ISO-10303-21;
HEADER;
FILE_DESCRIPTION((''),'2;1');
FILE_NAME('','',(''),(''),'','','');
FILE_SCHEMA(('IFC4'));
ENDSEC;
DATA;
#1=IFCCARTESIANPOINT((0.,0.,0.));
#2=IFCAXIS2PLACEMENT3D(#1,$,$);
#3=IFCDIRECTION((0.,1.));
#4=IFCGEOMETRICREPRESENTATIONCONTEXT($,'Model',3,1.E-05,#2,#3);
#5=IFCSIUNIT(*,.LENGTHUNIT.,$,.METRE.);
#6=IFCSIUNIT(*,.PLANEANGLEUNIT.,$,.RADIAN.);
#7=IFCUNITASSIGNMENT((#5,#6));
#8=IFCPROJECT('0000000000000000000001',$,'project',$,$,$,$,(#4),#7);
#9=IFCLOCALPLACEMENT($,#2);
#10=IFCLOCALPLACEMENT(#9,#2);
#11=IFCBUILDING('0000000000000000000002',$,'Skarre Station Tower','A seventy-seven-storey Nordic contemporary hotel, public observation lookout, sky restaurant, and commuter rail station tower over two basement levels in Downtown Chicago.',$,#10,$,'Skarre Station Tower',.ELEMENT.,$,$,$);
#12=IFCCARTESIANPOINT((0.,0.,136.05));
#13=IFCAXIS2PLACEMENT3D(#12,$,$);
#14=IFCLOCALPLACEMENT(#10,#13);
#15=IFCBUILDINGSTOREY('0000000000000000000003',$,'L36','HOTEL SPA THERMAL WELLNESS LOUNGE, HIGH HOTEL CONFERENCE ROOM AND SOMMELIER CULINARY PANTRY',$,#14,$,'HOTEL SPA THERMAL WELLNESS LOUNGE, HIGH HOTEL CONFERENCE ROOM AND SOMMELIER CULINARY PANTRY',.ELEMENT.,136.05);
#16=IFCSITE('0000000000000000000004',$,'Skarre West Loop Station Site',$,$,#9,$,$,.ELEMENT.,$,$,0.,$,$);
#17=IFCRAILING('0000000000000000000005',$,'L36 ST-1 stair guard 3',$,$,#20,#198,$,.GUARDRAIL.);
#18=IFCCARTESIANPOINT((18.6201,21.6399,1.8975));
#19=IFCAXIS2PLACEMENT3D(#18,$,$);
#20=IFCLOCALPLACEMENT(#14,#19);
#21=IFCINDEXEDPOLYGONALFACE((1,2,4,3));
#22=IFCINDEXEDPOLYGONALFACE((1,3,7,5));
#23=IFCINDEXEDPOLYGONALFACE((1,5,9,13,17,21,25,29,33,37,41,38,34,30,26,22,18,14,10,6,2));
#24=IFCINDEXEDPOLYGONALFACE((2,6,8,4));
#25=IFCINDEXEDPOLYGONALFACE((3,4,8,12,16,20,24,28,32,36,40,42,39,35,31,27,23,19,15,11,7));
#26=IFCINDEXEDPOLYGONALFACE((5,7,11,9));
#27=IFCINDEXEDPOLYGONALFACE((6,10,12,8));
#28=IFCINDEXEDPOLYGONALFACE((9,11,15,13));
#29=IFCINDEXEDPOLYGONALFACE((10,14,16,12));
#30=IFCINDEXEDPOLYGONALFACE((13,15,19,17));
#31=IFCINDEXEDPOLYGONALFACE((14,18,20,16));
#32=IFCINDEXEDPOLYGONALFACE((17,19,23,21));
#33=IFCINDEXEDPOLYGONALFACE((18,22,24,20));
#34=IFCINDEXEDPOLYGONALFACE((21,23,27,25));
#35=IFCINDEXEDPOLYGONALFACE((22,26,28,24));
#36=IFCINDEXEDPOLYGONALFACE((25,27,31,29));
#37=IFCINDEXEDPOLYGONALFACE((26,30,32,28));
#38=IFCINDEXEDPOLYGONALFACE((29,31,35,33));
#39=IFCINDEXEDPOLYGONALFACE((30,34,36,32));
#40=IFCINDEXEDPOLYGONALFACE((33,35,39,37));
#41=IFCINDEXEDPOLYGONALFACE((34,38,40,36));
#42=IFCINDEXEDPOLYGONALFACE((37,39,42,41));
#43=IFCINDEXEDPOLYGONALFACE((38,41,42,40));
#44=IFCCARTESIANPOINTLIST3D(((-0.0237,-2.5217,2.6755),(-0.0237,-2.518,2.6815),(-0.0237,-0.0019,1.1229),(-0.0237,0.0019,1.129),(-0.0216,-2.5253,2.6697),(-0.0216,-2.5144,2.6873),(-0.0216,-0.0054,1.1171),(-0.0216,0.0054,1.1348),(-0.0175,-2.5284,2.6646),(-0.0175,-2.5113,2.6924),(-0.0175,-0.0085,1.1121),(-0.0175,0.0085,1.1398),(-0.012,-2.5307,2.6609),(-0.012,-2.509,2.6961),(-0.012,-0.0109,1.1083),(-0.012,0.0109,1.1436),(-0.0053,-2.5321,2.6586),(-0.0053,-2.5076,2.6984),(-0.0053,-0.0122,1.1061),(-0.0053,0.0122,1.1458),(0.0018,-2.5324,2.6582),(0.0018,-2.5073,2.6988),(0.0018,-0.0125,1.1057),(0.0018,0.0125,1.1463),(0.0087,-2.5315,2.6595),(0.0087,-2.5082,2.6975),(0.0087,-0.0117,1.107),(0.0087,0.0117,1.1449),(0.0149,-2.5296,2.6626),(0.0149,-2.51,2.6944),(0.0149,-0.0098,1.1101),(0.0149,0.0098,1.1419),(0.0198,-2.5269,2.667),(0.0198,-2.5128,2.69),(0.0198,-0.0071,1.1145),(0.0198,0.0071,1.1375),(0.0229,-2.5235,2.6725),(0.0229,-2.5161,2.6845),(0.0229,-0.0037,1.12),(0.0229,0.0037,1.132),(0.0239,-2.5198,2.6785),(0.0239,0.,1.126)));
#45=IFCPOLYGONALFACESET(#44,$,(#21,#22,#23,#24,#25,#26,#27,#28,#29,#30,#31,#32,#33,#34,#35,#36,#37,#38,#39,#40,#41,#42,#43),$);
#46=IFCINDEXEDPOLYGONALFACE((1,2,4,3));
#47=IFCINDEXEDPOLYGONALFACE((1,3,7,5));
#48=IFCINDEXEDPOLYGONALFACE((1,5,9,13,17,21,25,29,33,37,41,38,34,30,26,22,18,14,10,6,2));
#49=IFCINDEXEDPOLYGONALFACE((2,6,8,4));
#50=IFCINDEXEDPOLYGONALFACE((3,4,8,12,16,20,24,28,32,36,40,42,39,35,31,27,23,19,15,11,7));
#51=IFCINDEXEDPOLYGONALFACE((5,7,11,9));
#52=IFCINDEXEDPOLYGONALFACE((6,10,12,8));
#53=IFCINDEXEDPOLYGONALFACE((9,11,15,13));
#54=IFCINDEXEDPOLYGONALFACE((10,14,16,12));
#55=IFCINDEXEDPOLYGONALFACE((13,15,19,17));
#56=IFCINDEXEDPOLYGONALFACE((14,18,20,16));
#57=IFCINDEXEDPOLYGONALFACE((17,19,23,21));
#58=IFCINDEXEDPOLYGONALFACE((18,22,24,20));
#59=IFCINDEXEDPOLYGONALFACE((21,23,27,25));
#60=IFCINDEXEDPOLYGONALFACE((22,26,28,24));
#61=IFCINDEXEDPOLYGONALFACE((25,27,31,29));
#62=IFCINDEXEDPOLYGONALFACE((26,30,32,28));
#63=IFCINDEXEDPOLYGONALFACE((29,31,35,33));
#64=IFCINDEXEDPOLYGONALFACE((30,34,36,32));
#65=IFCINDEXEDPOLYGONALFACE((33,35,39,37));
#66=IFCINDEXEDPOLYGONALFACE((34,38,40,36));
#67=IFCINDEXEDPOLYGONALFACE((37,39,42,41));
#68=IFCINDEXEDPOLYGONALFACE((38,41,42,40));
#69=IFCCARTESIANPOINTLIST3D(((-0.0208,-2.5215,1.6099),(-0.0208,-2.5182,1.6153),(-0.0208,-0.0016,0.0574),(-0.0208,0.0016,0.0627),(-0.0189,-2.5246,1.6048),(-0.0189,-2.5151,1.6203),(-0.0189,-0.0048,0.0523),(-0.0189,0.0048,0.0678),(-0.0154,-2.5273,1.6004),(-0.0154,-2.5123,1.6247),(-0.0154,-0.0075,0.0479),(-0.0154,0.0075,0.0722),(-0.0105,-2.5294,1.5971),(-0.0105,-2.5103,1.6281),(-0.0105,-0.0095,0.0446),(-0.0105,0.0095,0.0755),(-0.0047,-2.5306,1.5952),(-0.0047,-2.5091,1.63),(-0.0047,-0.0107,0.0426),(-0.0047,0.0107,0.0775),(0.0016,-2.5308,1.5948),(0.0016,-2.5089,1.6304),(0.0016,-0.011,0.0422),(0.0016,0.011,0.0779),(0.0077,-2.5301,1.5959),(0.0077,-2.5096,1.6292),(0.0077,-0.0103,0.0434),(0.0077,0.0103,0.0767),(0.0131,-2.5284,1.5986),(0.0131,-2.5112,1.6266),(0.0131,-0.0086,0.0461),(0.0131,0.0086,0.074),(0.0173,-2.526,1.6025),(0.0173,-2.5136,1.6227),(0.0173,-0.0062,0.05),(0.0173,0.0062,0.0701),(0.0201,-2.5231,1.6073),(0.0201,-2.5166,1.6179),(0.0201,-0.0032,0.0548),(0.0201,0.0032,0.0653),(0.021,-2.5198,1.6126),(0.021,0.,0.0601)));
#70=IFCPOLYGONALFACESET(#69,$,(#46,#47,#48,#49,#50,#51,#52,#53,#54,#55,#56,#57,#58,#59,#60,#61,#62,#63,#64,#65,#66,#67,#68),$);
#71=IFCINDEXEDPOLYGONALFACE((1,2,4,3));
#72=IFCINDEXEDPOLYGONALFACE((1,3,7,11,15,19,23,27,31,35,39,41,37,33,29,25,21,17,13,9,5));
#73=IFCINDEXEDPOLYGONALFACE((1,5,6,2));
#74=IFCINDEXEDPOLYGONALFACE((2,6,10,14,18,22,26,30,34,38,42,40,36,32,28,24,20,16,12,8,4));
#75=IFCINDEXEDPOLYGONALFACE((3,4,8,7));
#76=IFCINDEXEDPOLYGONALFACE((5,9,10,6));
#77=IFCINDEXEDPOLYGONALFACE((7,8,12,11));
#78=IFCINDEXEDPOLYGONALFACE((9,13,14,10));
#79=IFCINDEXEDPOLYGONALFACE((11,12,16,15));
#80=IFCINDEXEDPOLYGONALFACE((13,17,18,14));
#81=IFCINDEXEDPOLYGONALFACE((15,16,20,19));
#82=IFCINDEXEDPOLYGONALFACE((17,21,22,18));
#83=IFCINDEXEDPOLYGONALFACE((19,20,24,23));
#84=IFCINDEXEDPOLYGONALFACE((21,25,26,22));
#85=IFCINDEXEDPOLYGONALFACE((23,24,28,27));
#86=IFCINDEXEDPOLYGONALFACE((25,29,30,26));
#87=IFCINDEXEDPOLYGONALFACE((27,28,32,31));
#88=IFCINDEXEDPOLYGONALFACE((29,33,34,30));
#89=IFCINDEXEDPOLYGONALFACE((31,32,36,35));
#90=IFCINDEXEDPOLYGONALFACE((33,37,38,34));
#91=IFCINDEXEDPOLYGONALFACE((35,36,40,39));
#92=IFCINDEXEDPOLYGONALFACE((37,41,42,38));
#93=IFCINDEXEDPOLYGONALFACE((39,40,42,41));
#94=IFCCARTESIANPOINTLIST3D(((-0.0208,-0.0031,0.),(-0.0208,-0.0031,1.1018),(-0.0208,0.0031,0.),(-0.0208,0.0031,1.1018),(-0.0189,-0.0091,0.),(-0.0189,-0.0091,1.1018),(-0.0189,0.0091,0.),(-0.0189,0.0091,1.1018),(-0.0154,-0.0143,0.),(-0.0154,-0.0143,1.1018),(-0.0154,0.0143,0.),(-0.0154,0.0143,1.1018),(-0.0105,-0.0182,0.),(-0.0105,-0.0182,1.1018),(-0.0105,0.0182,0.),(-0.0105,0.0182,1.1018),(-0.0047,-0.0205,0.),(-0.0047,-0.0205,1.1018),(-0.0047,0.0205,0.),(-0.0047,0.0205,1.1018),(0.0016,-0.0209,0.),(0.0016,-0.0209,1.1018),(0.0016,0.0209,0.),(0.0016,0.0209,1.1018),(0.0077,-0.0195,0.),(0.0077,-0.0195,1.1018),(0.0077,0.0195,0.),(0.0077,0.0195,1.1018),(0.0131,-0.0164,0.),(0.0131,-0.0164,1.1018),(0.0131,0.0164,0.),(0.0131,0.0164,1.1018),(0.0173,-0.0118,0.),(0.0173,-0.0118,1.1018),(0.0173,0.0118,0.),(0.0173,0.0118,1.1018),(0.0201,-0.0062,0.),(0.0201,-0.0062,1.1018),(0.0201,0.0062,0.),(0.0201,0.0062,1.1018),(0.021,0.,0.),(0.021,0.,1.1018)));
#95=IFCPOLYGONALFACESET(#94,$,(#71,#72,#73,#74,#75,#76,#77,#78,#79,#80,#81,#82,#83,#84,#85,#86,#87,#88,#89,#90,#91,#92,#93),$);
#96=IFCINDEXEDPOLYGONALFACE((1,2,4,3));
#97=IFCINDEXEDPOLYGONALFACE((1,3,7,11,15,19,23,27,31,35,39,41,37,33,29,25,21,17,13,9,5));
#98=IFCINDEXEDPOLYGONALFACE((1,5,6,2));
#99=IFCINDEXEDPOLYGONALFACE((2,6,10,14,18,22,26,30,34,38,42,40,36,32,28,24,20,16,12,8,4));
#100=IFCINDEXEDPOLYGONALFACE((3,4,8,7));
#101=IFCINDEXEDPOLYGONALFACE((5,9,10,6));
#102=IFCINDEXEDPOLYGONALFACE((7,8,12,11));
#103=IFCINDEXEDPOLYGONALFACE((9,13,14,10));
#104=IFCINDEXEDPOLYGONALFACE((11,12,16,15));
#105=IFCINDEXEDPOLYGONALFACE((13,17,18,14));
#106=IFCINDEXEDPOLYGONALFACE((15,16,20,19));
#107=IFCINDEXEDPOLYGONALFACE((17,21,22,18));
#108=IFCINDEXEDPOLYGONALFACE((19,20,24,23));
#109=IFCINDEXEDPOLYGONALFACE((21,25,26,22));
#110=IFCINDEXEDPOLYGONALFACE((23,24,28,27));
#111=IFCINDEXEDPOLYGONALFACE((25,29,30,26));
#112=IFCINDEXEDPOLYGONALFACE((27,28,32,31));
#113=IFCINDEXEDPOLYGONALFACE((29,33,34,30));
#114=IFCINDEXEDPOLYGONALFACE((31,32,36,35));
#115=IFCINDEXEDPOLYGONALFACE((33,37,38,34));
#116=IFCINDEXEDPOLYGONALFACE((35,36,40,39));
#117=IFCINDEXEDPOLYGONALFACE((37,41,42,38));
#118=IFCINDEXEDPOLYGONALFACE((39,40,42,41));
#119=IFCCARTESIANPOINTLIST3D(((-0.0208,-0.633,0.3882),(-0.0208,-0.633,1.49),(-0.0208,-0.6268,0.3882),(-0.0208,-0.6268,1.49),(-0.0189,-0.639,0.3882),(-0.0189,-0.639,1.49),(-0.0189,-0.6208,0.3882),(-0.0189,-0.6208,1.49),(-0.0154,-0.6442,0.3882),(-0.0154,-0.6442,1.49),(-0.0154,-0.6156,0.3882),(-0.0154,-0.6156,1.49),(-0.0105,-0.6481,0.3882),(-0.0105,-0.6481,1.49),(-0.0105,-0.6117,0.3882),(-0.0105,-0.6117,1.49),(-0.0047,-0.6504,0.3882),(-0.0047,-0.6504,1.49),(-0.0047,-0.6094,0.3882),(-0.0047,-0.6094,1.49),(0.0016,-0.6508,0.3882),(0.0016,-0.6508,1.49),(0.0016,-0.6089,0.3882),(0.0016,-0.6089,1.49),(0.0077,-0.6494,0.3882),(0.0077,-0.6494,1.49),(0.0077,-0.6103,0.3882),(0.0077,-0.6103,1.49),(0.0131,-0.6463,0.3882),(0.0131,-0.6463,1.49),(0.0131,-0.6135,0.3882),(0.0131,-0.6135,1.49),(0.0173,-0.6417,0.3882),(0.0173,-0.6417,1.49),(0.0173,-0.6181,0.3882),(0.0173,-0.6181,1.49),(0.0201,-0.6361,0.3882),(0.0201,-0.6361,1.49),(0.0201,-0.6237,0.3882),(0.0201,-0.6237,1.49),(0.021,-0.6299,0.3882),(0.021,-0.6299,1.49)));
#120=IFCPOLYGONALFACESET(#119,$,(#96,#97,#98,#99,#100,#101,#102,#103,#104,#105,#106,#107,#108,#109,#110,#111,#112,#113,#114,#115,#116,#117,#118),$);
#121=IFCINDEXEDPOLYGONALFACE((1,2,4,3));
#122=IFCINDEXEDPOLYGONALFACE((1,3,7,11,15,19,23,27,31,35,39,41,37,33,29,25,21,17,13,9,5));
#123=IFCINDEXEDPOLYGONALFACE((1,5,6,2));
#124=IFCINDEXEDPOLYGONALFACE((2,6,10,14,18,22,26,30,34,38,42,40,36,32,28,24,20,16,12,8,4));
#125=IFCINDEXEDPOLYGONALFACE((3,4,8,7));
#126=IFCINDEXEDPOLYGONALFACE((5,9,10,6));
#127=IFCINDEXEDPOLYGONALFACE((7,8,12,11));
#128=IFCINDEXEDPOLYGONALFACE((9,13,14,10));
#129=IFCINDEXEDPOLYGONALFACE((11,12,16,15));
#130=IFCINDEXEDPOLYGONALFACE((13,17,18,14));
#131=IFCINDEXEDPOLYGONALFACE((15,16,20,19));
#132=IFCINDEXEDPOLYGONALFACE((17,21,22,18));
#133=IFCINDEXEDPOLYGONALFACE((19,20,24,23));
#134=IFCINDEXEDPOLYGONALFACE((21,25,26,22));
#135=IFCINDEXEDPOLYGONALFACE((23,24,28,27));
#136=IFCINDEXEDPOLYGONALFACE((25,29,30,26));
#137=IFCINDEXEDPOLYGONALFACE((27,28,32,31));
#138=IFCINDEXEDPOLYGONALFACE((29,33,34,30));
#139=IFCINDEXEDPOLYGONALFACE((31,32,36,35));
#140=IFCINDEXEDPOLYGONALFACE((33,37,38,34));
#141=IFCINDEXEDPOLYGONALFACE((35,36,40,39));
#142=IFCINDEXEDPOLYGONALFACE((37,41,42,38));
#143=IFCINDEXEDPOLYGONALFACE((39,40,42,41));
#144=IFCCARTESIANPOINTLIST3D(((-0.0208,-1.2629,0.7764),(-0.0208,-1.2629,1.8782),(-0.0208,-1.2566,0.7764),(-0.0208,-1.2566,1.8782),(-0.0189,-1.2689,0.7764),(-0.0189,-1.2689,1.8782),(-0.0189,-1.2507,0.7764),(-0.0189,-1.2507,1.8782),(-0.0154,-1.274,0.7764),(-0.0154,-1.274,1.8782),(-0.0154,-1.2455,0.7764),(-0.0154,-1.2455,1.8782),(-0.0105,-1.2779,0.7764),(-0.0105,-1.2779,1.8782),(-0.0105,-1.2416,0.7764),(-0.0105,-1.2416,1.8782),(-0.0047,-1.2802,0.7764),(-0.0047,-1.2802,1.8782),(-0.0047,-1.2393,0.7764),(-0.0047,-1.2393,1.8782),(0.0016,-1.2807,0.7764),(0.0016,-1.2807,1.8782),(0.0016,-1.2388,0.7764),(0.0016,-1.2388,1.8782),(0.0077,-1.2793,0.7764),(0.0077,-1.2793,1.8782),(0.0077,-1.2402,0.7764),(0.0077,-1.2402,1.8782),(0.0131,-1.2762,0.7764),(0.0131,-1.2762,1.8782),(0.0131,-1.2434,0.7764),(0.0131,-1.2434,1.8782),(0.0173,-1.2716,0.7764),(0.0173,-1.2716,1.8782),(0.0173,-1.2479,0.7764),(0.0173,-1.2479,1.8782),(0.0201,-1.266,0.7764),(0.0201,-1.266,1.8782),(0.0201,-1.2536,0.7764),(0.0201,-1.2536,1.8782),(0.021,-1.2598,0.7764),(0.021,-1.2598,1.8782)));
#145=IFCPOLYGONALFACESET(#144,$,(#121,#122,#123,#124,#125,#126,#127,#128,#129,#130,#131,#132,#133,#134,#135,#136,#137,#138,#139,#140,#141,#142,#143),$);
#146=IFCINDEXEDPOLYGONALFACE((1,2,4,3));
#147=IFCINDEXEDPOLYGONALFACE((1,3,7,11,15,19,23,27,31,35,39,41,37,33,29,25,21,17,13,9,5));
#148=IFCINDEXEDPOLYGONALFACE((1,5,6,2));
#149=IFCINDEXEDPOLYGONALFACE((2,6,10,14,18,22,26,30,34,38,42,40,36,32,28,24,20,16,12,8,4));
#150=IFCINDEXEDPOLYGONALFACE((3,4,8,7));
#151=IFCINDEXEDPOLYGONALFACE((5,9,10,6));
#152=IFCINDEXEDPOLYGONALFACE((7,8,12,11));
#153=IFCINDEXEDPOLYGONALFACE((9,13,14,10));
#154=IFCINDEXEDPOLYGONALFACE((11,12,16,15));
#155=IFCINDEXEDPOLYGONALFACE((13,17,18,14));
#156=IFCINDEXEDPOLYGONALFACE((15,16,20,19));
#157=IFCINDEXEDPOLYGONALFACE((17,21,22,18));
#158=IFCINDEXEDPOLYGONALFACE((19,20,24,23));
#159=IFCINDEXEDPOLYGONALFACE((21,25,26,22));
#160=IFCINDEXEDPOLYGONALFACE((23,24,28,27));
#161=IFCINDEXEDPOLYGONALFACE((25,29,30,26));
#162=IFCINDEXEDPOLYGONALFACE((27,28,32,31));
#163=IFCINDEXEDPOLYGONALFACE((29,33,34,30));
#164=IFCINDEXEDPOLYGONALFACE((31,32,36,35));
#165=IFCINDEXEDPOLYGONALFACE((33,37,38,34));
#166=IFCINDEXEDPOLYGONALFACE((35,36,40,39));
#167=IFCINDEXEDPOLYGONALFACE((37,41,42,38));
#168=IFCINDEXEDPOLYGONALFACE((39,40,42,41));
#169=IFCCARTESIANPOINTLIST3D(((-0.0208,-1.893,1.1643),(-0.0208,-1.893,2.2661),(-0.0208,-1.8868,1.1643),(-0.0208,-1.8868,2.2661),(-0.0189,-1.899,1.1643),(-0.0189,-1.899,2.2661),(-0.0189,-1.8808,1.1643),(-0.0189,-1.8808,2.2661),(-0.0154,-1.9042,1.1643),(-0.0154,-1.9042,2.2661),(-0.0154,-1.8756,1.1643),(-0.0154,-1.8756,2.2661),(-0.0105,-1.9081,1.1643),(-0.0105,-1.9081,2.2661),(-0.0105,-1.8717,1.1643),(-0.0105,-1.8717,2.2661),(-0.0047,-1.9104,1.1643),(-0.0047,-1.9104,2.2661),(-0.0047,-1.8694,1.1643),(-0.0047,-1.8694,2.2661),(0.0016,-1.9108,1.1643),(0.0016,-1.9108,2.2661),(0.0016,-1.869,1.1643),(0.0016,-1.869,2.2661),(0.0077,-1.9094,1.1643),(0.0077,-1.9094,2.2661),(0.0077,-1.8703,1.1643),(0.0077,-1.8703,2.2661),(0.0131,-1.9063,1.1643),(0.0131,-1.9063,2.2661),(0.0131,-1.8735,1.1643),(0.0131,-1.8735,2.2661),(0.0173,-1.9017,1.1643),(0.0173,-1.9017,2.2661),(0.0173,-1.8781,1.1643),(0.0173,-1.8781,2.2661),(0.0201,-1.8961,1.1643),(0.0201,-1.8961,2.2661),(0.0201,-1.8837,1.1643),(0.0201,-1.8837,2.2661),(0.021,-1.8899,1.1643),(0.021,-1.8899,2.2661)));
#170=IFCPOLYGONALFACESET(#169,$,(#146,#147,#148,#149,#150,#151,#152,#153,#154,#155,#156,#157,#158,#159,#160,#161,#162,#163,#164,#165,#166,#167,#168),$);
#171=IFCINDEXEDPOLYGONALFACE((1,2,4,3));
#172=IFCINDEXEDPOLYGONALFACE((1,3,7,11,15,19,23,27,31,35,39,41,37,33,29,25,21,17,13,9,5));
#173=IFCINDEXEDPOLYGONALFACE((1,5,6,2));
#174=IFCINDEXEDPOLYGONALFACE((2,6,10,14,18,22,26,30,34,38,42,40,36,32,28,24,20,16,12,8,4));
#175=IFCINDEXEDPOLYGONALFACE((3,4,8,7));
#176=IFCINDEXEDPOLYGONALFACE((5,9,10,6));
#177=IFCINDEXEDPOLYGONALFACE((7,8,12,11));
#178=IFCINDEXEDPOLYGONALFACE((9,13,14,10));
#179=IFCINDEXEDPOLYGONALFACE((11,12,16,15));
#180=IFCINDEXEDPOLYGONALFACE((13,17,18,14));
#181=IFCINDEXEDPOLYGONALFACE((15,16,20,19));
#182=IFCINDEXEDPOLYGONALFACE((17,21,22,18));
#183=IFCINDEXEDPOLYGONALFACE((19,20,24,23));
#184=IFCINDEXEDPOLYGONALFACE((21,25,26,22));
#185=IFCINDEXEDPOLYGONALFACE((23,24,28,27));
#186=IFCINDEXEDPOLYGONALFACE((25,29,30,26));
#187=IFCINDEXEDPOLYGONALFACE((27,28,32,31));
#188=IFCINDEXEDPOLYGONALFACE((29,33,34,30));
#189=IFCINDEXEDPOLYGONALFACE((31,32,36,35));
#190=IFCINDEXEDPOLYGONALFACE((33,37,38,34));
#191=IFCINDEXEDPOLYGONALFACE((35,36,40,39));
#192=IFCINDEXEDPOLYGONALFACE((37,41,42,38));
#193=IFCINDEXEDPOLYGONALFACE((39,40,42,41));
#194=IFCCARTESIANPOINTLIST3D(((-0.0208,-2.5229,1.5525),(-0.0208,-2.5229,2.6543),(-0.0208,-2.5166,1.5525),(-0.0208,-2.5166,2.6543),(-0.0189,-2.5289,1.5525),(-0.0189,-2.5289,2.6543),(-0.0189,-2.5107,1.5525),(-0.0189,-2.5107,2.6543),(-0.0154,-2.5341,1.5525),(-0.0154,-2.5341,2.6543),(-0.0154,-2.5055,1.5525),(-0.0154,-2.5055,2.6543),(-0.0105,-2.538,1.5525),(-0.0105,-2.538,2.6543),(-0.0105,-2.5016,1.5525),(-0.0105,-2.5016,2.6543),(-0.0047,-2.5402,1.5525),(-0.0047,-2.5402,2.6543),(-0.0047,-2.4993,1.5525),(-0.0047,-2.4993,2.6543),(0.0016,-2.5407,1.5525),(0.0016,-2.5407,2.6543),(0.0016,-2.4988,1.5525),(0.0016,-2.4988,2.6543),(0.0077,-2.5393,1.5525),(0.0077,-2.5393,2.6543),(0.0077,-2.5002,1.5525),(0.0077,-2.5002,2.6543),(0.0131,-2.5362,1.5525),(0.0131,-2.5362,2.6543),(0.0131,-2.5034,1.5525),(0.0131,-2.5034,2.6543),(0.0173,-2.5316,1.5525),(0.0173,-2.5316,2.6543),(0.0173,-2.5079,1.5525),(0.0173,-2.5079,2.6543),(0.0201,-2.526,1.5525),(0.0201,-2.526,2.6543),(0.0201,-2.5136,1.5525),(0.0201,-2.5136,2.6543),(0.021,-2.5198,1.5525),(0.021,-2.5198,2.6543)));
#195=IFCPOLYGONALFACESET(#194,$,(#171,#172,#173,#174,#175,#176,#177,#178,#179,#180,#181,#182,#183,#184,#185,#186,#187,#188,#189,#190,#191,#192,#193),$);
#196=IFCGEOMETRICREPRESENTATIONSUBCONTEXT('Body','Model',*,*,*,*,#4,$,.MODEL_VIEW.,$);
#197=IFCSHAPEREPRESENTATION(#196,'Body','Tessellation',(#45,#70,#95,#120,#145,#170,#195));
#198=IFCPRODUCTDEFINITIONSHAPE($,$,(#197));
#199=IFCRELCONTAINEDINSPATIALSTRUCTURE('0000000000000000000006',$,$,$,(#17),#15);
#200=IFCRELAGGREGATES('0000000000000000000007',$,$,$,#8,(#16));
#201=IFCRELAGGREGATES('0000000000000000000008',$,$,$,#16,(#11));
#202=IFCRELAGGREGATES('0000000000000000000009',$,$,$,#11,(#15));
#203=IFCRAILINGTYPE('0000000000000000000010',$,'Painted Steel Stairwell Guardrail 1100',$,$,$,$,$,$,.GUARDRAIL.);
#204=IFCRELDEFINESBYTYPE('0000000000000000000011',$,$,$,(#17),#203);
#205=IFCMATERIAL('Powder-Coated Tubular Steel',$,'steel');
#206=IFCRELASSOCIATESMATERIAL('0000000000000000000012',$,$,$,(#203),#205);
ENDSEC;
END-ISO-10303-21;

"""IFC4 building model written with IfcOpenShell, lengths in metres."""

from ifc_helpers import new_model, si_unit, direction, frame, origin, origin_2d, place, context, subcontext, project, spatial, circle, extrude, material, type_object, element, save


model = new_model("IFC4")

# Units and contexts
model_context = context("Model", 3, precision=1e-05, world=origin(), true_north=direction((0.0, 1.0)))
body_context = subcontext(model_context, "Body", "Model", "MODEL_VIEW")
ifc_project = project(units=[si_unit("LENGTHUNIT", "METRE"), si_unit("PLANEANGLEUNIT", "RADIAN")], contexts=[model_context])

# Site, building, storey
site_placement = place(None, origin())
site = spatial("IfcSite", under=ifc_project, at=site_placement, Name="Skarre West Loop Station Site", CompositionType="ELEMENT", RefElevation=0.0)
building_placement = place(site_placement, origin())
building = spatial("IfcBuilding", under=site, at=building_placement, Name="Skarre Station Tower", Description="A seventy-seven-storey Nordic contemporary hotel, public observation lookout, sky restaurant, and commuter rail station tower over two basement levels in Downtown Chicago.", LongName="Skarre Station Tower", CompositionType="ELEMENT")
storey_placement = place(building_placement, frame((0.0, 0.0, 136.05)))
storey = spatial("IfcBuildingStorey", under=building, at=storey_placement, Name="L36", Description="HOTEL SPA THERMAL WELLNESS LOUNGE, HIGH HOTEL CONFERENCE ROOM AND SOMMELIER CULINARY PANTRY", LongName="HOTEL SPA THERMAL WELLNESS LOUNGE, HIGH HOTEL CONFERENCE ROOM AND SOMMELIER CULINARY PANTRY", CompositionType="ELEMENT", Elevation=136.05)

# Railing
ifc_material_1 = material(Name="Powder-Coated Tubular Steel", Category="steel")
railing_type_1 = type_object("IfcRailingType", Name="Painted Steel Stairwell Guardrail 1100", PredefinedType="GUARDRAIL", material=ifc_material_1)
railing_1_placement = place(storey_placement, frame((18.6201, 21.6399, 1.8975)))
element("IfcRailing", 1, at=railing_1_placement, inside=storey, type_object=railing_type_1, Name="L36 ST-1 stair guard 3", PredefinedType="GUARDRAIL", context=body_context, shape_type="SweptSolid", body=[
    extrude(circle(Radius=0.0239, at=origin_2d()), frame((0.0, 0.0, 1.126), z_axis=(0.0, -0.851378, 0.524553), x_axis=(1.0, 0.0, 0.0)), (0.0, 0.0, 1.0), 2.9597),
    extrude(circle(Radius=0.021, at=origin_2d()), frame((0.0, 0.0, 0.0601), z_axis=(0.0, -0.851378, 0.524553), x_axis=(1.0, 0.0, 0.0)), (0.0, 0.0, 1.0), 2.9597),
    extrude(circle(Radius=0.021, at=origin_2d()), origin(), (0.0, 0.0, 1.0), 1.1018),
    extrude(circle(Radius=0.021, at=origin_2d()), frame((0.0, -0.6299, 0.3882)), (0.0, 0.0, 1.0), 1.1018),
    extrude(circle(Radius=0.021, at=origin_2d()), frame((0.0, -1.2598, 0.7764)), (0.0, 0.0, 1.0), 1.1018),
    extrude(circle(Radius=0.021, at=origin_2d()), frame((0.0, -1.8899, 1.1643)), (0.0, 0.0, 1.0), 1.1018),
    extrude(circle(Radius=0.021, at=origin_2d()), frame((0.0, -2.5198, 1.5525)), (0.0, 0.0, 1.0), 1.1018),
])

save(model, "model.ifc")
